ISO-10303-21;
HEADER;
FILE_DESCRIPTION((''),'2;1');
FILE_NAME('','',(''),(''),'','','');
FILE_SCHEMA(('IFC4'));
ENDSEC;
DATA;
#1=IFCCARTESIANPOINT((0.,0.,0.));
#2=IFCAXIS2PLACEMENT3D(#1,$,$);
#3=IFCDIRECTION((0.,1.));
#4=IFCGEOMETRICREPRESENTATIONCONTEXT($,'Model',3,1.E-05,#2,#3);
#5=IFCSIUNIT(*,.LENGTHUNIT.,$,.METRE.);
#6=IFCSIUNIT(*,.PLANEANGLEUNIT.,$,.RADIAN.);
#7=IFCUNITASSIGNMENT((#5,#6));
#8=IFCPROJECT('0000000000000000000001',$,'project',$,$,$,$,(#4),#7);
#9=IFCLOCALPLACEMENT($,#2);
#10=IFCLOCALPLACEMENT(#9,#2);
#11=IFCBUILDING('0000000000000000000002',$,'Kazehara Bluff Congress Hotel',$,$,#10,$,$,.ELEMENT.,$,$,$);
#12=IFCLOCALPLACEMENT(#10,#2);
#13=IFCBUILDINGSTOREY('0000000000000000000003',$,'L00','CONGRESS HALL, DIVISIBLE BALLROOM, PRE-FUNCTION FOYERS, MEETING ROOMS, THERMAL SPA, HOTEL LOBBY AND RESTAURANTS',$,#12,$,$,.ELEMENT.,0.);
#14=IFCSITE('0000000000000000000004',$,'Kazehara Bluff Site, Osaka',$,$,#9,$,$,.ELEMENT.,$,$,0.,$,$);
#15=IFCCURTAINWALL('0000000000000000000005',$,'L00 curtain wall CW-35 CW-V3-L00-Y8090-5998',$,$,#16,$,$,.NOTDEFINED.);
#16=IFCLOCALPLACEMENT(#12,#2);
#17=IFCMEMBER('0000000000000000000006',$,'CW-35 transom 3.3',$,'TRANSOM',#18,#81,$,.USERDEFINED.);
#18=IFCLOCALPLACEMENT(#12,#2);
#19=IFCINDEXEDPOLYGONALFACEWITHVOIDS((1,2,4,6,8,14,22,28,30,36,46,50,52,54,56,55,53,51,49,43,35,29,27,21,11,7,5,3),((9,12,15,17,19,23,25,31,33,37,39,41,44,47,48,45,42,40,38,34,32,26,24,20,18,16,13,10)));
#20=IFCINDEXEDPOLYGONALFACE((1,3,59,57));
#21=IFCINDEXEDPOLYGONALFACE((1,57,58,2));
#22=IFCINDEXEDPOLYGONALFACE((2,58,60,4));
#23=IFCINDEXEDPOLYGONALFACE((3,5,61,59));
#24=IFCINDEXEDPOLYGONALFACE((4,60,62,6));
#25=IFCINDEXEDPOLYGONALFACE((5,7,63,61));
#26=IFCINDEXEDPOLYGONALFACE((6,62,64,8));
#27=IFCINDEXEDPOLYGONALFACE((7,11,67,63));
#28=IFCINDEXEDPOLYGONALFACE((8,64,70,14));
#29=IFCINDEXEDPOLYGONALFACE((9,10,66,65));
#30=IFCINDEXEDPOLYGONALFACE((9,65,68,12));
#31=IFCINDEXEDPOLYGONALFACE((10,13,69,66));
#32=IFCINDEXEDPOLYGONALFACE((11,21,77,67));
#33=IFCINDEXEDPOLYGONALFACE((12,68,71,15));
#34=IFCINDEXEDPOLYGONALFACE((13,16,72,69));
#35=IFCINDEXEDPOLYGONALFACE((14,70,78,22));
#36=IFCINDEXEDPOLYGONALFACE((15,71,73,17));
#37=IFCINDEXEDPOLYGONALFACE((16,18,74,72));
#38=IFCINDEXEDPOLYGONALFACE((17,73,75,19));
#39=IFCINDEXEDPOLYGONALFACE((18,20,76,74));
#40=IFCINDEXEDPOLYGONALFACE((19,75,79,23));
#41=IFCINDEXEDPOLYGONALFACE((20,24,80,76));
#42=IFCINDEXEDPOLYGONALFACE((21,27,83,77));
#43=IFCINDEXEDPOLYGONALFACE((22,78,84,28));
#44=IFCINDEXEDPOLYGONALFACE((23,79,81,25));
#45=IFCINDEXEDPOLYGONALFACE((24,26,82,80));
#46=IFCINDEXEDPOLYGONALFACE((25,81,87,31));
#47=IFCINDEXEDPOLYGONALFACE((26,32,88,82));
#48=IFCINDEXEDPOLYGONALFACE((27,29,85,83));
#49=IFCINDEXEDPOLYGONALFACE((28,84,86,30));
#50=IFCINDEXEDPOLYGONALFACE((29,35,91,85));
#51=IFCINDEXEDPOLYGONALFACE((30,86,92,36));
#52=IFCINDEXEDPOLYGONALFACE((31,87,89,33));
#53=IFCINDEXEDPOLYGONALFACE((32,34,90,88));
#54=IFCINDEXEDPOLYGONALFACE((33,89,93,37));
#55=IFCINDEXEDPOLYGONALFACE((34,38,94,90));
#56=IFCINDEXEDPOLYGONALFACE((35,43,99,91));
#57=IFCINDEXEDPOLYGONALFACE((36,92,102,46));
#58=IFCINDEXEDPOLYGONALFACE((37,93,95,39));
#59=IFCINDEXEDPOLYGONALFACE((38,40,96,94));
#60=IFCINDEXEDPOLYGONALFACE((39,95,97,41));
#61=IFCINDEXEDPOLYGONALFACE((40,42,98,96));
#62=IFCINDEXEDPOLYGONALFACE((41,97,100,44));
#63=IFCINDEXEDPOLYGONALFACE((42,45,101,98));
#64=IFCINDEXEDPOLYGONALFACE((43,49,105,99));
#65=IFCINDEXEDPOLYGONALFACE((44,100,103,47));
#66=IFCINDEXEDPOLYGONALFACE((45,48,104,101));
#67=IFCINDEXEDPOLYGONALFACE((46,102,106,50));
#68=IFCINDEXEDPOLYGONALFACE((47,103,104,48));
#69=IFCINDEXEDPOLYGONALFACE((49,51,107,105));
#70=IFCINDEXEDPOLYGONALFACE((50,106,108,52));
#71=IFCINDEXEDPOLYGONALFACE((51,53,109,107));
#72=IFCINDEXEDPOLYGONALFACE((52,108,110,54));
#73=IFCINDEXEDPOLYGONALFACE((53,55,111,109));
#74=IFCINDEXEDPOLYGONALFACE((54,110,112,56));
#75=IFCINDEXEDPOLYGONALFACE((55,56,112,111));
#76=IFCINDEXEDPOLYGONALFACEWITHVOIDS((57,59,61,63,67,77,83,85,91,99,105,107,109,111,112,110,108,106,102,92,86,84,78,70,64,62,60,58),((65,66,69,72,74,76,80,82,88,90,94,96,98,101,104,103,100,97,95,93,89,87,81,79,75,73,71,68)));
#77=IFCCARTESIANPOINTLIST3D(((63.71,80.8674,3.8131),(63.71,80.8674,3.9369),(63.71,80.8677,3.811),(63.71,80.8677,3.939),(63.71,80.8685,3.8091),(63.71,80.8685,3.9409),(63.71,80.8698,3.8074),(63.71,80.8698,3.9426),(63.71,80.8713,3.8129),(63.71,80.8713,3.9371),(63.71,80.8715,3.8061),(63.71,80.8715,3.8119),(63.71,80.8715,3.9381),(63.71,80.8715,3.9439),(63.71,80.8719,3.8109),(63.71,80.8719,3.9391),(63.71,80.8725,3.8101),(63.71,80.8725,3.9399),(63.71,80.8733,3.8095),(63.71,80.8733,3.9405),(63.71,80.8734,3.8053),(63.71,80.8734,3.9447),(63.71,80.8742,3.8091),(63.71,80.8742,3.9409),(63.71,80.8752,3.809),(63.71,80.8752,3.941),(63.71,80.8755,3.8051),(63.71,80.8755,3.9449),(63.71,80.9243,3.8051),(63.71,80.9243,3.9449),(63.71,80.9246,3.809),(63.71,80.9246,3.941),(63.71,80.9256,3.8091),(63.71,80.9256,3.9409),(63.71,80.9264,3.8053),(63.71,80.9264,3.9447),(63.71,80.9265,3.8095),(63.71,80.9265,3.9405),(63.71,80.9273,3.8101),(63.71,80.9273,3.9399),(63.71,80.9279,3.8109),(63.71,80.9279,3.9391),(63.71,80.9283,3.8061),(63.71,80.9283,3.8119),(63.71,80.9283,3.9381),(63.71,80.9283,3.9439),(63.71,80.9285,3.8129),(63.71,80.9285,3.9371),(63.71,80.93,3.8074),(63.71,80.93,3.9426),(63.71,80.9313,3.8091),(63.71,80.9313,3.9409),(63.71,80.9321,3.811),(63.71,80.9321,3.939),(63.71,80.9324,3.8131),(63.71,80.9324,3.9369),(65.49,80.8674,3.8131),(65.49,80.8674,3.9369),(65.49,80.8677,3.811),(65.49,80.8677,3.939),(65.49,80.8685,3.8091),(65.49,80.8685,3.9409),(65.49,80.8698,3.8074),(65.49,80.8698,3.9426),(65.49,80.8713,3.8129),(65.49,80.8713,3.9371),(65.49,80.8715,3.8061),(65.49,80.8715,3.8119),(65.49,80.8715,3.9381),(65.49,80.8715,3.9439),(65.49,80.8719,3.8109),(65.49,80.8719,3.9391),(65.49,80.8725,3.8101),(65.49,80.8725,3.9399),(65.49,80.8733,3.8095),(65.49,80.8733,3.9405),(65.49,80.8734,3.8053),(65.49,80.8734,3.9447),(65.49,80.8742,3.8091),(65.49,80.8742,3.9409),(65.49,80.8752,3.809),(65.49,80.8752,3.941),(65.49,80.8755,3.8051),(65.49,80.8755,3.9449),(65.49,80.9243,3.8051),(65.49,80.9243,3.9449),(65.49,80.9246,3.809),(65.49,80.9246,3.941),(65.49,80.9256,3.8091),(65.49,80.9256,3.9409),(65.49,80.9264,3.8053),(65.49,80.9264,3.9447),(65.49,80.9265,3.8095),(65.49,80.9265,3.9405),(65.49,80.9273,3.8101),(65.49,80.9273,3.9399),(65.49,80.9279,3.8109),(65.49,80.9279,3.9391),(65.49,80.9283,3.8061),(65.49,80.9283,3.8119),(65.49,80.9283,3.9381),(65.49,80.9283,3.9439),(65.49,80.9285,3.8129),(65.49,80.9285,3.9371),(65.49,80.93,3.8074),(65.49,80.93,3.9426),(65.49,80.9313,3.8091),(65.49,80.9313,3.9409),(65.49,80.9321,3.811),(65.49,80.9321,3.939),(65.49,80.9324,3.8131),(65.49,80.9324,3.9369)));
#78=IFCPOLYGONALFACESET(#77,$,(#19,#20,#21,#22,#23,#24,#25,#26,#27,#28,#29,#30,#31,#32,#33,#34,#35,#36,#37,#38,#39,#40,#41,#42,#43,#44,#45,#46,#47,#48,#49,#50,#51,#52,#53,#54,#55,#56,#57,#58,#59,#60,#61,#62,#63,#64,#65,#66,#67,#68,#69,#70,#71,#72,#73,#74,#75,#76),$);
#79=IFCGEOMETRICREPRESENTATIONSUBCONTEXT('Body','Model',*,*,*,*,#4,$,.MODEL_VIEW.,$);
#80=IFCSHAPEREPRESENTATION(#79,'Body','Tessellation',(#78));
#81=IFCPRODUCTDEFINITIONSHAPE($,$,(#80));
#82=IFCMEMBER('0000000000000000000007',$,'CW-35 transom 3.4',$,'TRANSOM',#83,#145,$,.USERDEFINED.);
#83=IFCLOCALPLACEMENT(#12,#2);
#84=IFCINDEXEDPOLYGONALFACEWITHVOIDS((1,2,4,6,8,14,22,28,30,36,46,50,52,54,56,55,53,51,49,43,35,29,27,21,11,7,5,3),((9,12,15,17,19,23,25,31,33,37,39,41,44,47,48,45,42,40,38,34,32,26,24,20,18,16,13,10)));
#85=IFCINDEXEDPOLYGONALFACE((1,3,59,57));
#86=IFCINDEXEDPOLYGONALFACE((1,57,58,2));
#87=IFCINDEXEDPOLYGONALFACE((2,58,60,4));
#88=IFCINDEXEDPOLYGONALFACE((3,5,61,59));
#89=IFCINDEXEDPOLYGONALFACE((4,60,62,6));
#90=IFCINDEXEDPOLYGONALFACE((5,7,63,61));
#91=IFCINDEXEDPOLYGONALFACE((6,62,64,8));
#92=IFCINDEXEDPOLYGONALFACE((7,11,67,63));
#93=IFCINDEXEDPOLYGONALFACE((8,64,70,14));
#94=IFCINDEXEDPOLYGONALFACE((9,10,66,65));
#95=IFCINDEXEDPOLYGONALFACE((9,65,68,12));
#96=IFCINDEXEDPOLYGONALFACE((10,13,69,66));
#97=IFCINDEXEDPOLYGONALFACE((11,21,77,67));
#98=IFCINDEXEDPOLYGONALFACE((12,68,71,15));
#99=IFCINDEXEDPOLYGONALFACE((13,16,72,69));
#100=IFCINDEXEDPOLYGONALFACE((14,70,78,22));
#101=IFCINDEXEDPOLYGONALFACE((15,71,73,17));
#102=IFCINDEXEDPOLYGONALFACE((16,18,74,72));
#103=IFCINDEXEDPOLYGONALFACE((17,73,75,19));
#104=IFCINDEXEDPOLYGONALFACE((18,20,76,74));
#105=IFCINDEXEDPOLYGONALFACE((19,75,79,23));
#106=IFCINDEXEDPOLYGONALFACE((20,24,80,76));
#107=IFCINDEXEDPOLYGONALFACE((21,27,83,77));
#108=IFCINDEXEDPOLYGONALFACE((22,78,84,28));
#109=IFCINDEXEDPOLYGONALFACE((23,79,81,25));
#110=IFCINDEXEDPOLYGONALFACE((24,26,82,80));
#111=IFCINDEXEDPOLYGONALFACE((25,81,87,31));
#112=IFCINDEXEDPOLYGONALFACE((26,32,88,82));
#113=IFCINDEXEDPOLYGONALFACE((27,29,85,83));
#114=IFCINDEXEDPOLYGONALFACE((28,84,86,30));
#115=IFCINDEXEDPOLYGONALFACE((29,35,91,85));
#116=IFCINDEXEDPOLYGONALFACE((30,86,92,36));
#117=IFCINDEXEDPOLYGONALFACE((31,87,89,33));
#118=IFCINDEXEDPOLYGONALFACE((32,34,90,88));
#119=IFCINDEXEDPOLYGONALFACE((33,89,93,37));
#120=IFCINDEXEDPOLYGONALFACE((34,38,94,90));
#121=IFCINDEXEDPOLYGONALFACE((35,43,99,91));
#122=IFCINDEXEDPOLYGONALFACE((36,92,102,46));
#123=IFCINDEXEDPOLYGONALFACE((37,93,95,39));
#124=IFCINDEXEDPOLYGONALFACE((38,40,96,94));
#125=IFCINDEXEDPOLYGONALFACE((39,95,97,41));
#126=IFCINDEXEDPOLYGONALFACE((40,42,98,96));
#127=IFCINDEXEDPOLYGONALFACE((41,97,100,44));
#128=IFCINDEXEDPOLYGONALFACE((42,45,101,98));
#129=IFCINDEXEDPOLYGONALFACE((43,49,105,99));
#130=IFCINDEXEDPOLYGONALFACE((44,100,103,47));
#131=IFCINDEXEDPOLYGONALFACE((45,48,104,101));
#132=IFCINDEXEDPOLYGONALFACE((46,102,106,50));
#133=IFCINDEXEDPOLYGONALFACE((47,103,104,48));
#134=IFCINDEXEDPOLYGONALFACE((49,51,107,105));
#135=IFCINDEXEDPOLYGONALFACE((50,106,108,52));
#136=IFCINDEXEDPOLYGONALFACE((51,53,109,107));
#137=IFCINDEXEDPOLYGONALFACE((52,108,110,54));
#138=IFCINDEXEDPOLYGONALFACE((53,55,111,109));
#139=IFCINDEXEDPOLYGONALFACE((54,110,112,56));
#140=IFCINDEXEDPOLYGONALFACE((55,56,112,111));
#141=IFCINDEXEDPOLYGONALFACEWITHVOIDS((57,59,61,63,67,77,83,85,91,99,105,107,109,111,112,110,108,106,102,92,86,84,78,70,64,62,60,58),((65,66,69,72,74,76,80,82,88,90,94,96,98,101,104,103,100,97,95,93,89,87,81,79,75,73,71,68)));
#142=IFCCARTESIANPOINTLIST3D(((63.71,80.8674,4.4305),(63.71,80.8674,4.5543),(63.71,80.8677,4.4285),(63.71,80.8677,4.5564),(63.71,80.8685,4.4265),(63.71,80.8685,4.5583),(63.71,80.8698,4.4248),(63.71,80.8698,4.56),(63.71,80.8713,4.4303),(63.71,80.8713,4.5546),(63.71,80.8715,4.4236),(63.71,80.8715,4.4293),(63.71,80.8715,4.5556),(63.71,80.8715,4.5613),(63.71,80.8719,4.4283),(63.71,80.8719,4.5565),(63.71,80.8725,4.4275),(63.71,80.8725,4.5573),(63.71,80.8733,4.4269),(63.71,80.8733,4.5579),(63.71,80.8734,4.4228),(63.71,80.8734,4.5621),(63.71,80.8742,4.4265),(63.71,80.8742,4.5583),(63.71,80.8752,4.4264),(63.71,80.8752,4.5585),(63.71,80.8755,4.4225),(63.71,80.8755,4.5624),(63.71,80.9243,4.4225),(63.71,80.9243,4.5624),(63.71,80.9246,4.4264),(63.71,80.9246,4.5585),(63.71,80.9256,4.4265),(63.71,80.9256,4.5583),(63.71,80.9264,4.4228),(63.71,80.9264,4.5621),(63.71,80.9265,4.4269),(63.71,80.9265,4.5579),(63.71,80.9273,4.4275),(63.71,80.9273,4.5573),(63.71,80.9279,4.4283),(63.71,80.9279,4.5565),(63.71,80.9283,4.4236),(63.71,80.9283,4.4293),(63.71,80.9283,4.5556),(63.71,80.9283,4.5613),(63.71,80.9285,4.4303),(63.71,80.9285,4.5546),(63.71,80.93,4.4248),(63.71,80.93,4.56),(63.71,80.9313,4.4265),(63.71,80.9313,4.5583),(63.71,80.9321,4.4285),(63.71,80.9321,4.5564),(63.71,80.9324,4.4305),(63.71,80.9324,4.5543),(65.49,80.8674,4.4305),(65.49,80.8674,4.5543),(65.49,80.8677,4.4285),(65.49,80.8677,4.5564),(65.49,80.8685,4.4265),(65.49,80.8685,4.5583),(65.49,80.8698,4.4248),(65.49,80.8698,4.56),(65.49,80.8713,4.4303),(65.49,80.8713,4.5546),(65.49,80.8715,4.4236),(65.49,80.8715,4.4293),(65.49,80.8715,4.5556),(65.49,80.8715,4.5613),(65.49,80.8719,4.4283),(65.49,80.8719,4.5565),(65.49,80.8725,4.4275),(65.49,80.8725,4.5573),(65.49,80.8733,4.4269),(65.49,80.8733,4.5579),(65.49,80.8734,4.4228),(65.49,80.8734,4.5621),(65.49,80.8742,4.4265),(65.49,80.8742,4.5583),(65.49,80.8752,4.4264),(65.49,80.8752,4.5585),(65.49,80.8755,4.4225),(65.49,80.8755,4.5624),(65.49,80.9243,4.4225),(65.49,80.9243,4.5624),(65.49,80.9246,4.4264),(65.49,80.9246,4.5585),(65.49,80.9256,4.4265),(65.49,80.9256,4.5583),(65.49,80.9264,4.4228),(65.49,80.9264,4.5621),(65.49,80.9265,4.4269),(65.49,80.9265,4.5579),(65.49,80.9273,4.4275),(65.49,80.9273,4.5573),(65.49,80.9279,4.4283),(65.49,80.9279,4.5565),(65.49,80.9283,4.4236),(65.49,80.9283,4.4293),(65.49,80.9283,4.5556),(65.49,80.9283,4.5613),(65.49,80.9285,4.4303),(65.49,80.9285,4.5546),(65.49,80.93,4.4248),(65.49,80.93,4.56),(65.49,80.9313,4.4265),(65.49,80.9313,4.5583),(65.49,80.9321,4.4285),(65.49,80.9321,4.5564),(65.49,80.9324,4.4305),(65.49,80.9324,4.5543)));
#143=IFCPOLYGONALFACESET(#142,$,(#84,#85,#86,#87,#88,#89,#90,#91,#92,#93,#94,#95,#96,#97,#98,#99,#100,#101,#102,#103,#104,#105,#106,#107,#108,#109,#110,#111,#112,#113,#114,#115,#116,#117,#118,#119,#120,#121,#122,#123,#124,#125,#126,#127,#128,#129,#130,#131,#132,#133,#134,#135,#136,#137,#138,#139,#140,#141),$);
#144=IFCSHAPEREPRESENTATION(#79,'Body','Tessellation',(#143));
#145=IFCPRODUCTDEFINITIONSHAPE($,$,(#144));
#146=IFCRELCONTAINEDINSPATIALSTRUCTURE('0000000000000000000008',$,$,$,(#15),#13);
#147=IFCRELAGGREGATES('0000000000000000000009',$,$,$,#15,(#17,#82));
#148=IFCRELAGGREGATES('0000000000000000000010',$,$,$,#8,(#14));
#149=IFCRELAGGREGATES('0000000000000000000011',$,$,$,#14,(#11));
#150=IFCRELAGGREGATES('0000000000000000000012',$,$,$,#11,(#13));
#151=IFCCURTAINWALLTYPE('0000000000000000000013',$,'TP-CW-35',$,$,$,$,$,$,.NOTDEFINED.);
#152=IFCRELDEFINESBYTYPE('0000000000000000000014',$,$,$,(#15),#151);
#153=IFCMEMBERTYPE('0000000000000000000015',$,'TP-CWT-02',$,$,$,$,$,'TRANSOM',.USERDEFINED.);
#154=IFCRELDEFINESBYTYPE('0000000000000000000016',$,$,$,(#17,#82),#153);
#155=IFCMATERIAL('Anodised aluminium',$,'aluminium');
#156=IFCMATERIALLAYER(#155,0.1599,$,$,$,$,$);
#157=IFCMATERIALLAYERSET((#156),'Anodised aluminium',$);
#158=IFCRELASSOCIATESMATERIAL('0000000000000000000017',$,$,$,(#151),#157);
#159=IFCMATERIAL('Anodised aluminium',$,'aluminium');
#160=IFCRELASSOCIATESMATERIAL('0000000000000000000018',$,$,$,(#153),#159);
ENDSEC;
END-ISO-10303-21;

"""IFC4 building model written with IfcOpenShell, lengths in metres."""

from ifc_helpers import new_model, si_unit, direction, frame, origin, origin_2d, place, context, subcontext, project, spatial, hollow_rectangle, extrude, material, layer, layer_set, material_profile, profile_set, type_object, element, aggregate, save


model = new_model("IFC4")

# Units and contexts
model_context = context("Model", 3, precision=1e-05, world=origin(), true_north=direction((0.0, 1.0)))
body_context = subcontext(model_context, "Body", "Model", "MODEL_VIEW")
ifc_project = project(units=[si_unit("LENGTHUNIT", "METRE"), si_unit("PLANEANGLEUNIT", "RADIAN")], contexts=[model_context])

# Site, building, storey
site_placement = place(None, origin())
site = spatial("IfcSite", under=ifc_project, at=site_placement, Name="Kazehara Bluff Site, Osaka", CompositionType="ELEMENT", RefElevation=0.0)
building_placement = place(site_placement, origin())
building = spatial("IfcBuilding", under=site, at=building_placement, Name="Kazehara Bluff Congress Hotel", CompositionType="ELEMENT")
storey_placement = place(building_placement, origin())
storey = spatial("IfcBuildingStorey", under=building, at=storey_placement, Name="L00", Description="CONGRESS HALL, DIVISIBLE BALLROOM, PRE-FUNCTION FOYERS, MEETING ROOMS, THERMAL SPA, HOTEL LOBBY AND RESTAURANTS", CompositionType="ELEMENT", Elevation=0.0)

# Curtain wall
ifc_material_1 = material(Name="Anodised aluminium", Category="aluminium")
ifc_layer_1 = layer(ifc_material_1, 0.1599)
ifc_layer_set_1 = layer_set([ifc_layer_1], Name="Anodised aluminium")
curtain_wall_type_1 = type_object("IfcCurtainWallType", Name="TP-CW-35", PredefinedType="NOTDEFINED", material=ifc_layer_set_1)
curtain_wall_1_placement = place(storey_placement, origin())
curtain_wall_1 = element("IfcCurtainWall", 1, at=curtain_wall_1_placement, inside=storey, type_object=curtain_wall_type_1, Name="L00 curtain wall CW-35 CW-V3-L00-Y8090-5998", PredefinedType="NOTDEFINED")

# Shared definitions
ifc_material_2 = material(Name="Anodised aluminium", Category="aluminium")
ifc_material_profile_1 = material_profile(ifc_material_2, hollow_rectangle(XDim=0.0649, YDim=0.1399, WallThickness=0.0039, InnerFilletRadius=0.0039, OuterFilletRadius=0.0081, at=origin_2d()))
ifc_profile_set_1 = profile_set([ifc_material_profile_1], Name="Anodised aluminium")
member_type_1 = type_object("IfcMemberType", Name="TP-CWT-02", ElementType="TRANSOM", PredefinedType="USERDEFINED", material=ifc_profile_set_1)

# Members
member_1_placement = place(storey_placement, frame((63.71, 80.8999, 3.875), z_axis=(1.0, 0.0, 0.0), x_axis=(0.0, 1.0, 0.0)))
member_1 = element("IfcMember", 2, at=member_1_placement, type_object=member_type_1, Name="CW-35 transom 3.3", ObjectType="TRANSOM", PredefinedType="USERDEFINED", context=body_context, shape_type="SweptSolid", body=[
    extrude(hollow_rectangle(XDim=0.0649, YDim=0.1399, WallThickness=0.0039, InnerFilletRadius=0.0039, OuterFilletRadius=0.0081, at=origin_2d()), origin(), (0.0, 0.0, 1.0), 1.78),
])
member_2_placement = place(storey_placement, frame((63.71, 80.8999, 4.4924), z_axis=(1.0, 0.0, 0.0), x_axis=(0.0, 1.0, 0.0)))
member_2 = element("IfcMember", 3, at=member_2_placement, type_object=member_type_1, Name="CW-35 transom 3.4", ObjectType="TRANSOM", PredefinedType="USERDEFINED", context=body_context, shape_type="SweptSolid", body=[
    extrude(hollow_rectangle(XDim=0.0649, YDim=0.1399, WallThickness=0.0039, InnerFilletRadius=0.0039, OuterFilletRadius=0.0081, at=origin_2d()), origin(), (0.0, 0.0, 1.0), 1.78),
])

aggregate(curtain_wall_1, [member_1, member_2])

save(model, "model.ifc")
